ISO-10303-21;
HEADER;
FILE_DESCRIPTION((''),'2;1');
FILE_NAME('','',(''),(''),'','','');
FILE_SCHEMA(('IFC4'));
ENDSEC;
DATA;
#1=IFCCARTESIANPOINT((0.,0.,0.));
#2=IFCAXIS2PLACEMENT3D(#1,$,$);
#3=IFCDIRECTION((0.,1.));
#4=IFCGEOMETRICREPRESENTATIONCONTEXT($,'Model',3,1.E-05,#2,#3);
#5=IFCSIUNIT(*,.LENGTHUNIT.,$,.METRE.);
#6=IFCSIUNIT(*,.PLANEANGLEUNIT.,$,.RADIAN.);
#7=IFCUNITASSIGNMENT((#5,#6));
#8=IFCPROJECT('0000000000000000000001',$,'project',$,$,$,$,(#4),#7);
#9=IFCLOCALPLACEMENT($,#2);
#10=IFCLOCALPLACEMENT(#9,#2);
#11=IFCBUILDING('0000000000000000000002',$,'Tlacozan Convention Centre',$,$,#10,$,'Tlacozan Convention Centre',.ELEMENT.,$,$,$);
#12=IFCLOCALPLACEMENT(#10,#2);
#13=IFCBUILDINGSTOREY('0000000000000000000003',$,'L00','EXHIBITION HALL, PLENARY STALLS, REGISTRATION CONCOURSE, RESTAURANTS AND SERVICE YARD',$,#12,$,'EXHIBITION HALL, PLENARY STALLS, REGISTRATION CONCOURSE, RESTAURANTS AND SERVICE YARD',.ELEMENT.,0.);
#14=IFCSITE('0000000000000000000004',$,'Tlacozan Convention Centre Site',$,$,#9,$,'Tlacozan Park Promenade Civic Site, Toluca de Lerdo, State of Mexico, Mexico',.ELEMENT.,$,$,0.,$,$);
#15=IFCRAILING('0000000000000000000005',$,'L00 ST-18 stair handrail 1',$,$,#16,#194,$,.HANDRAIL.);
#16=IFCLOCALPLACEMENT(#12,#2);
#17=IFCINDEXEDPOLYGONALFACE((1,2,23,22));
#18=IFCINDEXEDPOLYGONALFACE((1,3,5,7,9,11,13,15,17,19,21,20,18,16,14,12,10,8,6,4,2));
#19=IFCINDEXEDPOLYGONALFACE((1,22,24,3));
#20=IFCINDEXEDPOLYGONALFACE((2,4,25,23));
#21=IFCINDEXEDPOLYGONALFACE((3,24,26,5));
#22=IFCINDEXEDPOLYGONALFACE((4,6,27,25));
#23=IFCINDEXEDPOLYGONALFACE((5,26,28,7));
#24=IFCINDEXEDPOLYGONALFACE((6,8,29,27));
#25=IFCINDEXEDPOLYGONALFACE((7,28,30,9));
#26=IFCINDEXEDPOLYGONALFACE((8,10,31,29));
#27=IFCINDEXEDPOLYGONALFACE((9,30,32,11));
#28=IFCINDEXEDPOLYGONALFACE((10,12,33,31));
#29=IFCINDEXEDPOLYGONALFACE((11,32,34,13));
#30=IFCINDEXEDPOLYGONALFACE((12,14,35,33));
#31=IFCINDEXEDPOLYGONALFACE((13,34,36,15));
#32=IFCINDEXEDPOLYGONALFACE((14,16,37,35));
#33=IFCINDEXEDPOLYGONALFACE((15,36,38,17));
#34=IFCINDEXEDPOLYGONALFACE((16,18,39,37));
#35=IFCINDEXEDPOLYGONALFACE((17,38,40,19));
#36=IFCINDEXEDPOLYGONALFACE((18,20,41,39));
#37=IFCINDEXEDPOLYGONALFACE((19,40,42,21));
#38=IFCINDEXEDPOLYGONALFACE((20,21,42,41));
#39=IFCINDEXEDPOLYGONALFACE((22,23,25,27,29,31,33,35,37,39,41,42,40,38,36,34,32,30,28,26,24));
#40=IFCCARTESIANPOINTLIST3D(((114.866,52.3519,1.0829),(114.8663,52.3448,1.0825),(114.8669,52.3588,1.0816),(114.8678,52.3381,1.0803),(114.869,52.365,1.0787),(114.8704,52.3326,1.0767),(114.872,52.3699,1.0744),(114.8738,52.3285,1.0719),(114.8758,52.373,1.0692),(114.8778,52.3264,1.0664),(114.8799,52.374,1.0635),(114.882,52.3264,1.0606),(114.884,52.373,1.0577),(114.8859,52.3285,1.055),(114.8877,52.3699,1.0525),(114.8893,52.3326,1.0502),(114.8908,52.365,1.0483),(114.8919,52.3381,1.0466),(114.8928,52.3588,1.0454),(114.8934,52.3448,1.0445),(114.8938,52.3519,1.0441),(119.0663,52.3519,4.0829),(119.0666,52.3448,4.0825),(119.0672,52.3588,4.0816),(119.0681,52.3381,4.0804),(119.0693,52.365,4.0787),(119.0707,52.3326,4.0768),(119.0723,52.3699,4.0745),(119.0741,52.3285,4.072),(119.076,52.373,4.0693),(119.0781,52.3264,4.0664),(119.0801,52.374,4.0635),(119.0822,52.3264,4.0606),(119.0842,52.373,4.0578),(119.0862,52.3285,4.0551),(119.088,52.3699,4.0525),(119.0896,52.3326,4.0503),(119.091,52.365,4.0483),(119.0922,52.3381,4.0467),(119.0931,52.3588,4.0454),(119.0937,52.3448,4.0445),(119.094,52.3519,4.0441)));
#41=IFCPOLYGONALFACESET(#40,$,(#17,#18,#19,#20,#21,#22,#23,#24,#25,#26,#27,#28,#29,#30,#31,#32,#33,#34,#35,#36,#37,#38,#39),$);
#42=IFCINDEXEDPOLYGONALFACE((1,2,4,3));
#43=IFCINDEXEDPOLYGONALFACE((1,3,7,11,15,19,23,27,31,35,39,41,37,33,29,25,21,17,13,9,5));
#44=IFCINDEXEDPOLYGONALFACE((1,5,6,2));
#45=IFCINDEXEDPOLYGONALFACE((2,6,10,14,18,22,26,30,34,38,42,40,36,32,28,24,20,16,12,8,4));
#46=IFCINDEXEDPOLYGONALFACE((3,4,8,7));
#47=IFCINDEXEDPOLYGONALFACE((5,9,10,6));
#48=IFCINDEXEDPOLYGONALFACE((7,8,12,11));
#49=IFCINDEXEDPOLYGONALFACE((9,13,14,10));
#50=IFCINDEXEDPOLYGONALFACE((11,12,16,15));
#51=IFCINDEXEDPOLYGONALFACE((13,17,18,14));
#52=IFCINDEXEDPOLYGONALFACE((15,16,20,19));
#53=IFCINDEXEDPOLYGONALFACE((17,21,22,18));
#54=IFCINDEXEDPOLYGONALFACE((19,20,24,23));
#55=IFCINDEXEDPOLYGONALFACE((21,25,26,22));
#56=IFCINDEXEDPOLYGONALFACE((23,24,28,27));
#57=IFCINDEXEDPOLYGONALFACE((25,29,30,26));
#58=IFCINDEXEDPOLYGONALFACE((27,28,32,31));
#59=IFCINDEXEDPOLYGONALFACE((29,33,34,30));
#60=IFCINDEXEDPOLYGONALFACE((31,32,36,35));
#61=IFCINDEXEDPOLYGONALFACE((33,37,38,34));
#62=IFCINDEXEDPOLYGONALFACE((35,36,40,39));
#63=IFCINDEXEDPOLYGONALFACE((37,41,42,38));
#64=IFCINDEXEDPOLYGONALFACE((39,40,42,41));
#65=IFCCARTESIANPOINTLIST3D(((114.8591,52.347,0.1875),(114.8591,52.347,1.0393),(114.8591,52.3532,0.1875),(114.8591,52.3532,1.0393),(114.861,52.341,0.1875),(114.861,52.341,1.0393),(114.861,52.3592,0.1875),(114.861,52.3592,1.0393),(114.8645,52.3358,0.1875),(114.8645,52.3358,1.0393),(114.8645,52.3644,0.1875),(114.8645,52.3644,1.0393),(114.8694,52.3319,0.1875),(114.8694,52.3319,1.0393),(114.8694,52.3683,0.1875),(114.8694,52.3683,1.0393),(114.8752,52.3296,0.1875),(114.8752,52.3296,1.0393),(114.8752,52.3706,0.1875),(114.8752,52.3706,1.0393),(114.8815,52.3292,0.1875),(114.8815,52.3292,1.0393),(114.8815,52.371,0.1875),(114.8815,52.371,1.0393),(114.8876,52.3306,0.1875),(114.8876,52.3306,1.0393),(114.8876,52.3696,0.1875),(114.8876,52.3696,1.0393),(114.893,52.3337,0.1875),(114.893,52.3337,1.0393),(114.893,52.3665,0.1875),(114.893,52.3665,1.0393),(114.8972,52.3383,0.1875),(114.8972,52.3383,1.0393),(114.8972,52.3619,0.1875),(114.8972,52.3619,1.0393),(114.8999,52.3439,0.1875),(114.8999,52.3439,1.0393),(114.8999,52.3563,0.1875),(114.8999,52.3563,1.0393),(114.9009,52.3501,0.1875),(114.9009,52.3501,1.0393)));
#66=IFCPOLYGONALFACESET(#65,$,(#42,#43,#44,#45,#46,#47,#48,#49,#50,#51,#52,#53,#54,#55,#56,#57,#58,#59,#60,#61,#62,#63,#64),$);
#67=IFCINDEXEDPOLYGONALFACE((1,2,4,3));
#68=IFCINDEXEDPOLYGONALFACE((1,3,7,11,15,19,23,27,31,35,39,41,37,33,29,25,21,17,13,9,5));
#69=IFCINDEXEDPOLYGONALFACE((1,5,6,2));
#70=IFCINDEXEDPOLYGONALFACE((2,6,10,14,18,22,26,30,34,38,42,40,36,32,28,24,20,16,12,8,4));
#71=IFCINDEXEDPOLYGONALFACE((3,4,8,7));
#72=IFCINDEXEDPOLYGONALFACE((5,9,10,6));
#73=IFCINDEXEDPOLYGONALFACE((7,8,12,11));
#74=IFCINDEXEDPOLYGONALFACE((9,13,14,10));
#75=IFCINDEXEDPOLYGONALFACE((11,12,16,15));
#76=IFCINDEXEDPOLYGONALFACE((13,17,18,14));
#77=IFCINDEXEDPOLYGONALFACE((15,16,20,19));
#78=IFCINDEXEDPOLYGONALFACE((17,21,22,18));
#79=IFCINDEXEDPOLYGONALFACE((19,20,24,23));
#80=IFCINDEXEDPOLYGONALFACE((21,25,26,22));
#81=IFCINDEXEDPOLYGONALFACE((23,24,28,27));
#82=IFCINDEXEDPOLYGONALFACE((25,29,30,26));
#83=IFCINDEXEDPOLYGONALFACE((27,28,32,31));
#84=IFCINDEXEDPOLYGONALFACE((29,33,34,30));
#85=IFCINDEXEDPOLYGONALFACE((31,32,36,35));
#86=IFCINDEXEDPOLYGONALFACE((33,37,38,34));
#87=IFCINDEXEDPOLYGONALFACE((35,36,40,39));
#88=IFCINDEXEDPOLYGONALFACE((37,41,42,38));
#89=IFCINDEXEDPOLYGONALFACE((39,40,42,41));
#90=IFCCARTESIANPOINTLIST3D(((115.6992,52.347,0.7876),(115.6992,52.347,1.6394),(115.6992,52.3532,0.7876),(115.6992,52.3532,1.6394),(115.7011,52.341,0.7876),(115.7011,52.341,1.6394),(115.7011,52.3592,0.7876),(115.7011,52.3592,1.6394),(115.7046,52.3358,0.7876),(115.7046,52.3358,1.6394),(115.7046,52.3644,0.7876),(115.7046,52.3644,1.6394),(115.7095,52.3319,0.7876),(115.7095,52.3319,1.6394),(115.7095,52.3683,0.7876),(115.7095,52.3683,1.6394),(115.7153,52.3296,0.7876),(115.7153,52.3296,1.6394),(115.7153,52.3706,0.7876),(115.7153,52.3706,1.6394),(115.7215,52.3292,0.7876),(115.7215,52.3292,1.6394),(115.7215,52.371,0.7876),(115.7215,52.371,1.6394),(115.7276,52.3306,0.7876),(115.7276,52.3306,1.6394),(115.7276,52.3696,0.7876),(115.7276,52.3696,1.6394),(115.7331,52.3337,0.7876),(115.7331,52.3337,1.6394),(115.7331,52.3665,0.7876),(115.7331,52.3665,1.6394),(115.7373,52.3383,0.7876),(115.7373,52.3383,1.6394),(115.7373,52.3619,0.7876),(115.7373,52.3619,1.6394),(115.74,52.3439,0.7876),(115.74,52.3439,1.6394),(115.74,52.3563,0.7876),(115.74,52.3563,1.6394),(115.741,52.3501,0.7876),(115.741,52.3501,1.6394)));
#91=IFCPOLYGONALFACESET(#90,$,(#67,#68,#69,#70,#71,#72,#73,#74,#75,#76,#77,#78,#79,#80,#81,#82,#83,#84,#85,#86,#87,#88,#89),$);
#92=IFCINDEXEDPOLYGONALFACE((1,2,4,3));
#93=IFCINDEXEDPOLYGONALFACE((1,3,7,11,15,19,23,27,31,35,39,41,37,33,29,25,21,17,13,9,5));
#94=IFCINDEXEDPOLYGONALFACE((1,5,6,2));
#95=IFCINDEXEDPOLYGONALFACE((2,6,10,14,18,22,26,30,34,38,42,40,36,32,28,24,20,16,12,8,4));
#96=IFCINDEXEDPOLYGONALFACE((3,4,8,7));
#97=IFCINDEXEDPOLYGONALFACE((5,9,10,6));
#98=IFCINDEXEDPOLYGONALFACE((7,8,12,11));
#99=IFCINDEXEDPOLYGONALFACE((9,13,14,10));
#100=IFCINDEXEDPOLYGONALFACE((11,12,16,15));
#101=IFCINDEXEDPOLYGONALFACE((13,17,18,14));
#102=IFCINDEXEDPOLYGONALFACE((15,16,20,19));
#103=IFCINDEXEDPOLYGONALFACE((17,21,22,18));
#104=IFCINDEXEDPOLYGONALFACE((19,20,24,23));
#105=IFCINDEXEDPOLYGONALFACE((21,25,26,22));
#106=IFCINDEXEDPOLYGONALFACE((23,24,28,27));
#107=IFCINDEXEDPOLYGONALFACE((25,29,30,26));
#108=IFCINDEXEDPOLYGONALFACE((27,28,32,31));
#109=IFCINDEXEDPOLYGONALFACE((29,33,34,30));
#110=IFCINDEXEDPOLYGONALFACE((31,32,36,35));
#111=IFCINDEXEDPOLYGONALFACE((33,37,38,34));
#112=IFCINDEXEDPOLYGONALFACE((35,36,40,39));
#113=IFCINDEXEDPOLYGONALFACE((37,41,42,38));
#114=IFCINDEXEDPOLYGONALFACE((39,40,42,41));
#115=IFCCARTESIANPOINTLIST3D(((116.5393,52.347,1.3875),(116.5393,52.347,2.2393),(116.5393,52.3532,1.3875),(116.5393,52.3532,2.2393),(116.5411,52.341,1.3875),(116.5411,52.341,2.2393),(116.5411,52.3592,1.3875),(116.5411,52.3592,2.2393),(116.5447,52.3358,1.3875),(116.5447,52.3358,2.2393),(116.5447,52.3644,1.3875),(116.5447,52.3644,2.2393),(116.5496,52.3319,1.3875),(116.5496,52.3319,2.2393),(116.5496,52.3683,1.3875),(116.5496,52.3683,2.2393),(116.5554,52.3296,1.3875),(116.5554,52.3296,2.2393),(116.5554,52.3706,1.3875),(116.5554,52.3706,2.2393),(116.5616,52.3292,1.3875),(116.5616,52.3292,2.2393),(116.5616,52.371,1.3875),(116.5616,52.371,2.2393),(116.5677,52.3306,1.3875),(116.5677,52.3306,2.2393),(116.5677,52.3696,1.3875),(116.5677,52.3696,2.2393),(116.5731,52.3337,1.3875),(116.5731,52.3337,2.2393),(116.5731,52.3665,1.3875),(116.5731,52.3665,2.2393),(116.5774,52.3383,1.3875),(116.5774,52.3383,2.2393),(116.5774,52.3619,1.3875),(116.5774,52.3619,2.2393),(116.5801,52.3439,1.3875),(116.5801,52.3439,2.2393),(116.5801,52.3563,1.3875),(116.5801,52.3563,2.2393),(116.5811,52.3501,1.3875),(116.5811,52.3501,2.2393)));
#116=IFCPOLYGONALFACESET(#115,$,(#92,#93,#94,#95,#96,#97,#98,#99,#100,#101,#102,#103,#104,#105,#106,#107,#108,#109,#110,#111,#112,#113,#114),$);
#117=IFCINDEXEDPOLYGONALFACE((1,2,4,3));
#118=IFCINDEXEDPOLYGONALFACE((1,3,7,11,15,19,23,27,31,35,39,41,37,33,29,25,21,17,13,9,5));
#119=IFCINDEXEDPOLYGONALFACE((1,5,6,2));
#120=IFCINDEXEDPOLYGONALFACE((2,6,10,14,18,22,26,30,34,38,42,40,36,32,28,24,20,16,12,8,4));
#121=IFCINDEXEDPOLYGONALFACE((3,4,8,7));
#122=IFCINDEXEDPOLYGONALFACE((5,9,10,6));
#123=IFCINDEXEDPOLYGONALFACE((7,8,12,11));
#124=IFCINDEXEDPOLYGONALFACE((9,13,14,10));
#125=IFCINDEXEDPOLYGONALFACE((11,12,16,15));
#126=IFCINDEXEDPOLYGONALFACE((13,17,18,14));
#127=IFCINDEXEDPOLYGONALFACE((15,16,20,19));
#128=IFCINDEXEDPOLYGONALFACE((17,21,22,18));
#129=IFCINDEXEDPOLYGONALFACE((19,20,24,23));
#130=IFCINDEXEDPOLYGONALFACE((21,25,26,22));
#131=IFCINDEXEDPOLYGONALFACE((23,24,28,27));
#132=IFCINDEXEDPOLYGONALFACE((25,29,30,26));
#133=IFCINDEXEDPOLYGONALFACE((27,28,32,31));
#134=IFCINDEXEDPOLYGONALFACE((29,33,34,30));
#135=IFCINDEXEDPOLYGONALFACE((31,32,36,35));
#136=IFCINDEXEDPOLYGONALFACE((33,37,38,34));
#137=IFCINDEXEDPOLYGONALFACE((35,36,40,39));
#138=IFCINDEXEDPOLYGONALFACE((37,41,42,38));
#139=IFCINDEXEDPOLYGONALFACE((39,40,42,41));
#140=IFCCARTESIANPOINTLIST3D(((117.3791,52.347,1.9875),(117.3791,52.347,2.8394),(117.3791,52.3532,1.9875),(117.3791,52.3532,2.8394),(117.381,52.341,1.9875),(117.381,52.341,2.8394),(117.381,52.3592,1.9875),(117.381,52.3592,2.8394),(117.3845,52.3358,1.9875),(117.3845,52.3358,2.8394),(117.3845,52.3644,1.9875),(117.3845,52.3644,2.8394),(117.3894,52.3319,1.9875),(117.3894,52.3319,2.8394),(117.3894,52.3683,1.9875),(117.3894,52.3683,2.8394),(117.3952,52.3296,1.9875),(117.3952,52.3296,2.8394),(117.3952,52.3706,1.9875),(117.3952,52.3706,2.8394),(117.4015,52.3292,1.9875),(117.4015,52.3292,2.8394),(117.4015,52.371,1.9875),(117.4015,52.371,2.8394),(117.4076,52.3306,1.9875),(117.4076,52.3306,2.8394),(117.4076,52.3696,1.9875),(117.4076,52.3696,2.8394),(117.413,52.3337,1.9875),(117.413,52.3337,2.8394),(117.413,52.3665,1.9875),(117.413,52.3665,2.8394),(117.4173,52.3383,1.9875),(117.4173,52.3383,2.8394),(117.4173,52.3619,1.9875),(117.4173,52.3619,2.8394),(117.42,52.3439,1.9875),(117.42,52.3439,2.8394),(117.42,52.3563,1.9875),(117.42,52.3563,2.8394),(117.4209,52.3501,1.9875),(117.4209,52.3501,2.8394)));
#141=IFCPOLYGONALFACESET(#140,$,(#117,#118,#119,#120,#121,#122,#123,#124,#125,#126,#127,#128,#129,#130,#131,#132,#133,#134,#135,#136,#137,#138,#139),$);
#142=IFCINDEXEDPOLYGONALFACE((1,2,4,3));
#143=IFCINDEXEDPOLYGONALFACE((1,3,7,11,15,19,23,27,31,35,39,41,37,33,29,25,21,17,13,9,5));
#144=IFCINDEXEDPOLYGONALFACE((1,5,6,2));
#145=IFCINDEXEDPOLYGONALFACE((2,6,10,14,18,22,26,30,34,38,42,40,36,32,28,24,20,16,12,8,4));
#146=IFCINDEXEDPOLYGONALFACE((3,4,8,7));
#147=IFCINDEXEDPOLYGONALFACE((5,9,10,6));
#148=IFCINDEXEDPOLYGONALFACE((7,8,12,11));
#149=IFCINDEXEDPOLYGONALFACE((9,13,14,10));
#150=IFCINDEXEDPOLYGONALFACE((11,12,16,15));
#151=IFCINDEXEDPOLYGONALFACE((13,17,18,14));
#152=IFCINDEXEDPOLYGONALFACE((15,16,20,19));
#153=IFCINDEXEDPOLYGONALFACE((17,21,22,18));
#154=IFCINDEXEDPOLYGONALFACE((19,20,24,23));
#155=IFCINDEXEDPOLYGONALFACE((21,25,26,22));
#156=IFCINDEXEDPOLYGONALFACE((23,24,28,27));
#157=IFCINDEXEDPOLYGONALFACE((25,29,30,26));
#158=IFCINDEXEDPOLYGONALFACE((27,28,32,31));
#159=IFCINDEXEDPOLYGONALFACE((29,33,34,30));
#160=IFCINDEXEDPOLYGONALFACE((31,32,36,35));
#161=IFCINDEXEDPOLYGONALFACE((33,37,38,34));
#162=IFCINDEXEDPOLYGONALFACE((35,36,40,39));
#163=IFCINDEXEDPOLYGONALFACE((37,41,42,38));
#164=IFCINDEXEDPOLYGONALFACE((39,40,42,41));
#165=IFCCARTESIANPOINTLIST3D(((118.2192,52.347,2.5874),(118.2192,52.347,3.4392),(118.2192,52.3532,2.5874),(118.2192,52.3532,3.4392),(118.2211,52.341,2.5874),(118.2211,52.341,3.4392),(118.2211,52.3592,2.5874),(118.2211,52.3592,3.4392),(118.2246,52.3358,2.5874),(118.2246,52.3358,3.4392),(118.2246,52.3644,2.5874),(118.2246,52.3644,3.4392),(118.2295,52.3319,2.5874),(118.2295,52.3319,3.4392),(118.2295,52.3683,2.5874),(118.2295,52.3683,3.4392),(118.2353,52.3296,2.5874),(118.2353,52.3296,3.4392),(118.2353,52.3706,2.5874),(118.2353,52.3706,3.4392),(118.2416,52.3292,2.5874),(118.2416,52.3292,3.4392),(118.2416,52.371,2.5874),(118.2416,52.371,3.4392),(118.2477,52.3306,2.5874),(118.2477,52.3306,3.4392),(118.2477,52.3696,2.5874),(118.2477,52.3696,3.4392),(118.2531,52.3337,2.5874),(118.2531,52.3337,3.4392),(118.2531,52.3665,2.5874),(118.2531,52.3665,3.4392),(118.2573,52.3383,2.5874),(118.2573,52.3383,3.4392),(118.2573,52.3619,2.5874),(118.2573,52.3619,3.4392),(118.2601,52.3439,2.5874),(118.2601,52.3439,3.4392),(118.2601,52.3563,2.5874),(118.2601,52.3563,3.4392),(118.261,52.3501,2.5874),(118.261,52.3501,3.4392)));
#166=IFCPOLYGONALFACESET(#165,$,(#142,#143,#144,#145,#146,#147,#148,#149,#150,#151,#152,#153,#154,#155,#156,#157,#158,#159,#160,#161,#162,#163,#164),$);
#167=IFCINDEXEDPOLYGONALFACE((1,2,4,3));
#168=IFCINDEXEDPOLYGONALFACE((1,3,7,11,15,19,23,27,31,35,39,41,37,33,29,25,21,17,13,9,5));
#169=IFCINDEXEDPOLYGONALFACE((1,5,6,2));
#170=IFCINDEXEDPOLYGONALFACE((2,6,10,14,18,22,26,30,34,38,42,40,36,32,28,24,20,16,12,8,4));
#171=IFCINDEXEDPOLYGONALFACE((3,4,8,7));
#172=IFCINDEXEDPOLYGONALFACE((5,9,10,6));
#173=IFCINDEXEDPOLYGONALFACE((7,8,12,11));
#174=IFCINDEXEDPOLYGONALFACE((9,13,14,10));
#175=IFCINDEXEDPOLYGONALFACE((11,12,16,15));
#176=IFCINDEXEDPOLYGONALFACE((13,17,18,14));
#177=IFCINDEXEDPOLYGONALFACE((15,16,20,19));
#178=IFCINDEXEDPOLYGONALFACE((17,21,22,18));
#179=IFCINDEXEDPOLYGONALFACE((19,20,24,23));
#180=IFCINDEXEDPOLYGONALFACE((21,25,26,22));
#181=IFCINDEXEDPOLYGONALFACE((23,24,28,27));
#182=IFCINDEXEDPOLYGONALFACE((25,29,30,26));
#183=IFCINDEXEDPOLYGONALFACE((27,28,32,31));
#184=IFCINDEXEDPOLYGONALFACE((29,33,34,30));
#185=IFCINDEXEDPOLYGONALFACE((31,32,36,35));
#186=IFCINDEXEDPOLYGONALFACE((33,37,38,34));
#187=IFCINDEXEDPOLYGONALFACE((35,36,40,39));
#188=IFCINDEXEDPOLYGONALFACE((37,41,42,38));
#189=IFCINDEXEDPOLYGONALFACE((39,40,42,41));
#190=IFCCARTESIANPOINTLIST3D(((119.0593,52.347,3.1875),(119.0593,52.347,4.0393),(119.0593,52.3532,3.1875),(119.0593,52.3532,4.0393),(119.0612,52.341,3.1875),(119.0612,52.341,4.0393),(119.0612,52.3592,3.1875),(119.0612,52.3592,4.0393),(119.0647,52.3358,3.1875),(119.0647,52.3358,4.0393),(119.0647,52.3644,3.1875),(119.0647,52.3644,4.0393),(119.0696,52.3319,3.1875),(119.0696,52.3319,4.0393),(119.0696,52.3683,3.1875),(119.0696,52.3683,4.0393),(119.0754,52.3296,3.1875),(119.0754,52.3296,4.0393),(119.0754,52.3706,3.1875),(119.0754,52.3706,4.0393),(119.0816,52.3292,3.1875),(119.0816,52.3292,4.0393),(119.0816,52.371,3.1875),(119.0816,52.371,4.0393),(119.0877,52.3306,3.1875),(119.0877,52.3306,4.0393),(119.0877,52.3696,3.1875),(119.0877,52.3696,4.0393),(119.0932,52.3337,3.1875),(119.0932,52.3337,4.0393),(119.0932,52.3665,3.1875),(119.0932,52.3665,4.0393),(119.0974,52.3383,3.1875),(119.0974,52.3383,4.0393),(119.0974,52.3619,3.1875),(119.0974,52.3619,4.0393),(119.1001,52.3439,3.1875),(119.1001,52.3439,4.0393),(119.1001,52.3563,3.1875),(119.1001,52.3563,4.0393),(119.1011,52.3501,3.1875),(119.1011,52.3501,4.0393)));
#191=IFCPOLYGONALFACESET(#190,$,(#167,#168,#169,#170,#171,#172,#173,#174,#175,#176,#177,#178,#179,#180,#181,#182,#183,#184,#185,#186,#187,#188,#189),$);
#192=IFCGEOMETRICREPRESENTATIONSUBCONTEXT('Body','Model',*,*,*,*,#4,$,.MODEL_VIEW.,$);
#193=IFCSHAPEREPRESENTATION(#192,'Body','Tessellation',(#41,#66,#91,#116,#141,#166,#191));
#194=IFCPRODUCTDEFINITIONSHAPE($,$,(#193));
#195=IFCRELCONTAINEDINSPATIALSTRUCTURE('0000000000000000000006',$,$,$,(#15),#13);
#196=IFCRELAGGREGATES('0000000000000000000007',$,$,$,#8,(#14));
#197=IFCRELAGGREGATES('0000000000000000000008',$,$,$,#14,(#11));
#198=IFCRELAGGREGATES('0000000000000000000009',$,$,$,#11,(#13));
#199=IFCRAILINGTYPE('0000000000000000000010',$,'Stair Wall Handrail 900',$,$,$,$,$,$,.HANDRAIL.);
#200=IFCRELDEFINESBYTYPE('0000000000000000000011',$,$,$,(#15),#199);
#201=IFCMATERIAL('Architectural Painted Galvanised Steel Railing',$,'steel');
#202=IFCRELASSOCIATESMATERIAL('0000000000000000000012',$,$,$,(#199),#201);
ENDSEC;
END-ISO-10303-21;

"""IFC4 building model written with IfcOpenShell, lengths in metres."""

from ifc_helpers import new_model, si_unit, direction, frame, origin, origin_2d, place, context, subcontext, project, spatial, circle, extrude, material, type_object, element, save


model = new_model("IFC4")

# Units and contexts
model_context = context("Model", 3, precision=1e-05, world=origin(), true_north=direction((0.0, 1.0)))
body_context = subcontext(model_context, "Body", "Model", "MODEL_VIEW")
ifc_project = project(units=[si_unit("LENGTHUNIT", "METRE"), si_unit("PLANEANGLEUNIT", "RADIAN")], contexts=[model_context])

# Site, building, storey
site_placement = place(None, origin())
site = spatial("IfcSite", under=ifc_project, at=site_placement, Name="Tlacozan Convention Centre Site", LongName="Tlacozan Park Promenade Civic Site, Toluca de Lerdo, State of Mexico, Mexico", CompositionType="ELEMENT", RefElevation=0.0)
building_placement = place(site_placement, origin())
building = spatial("IfcBuilding", under=site, at=building_placement, Name="Tlacozan Convention Centre", LongName="Tlacozan Convention Centre", CompositionType="ELEMENT")
storey_placement = place(building_placement, origin())
storey = spatial("IfcBuildingStorey", under=building, at=storey_placement, Name="L00", Description="EXHIBITION HALL, PLENARY STALLS, REGISTRATION CONCOURSE, RESTAURANTS AND SERVICE YARD", LongName="EXHIBITION HALL, PLENARY STALLS, REGISTRATION CONCOURSE, RESTAURANTS AND SERVICE YARD", CompositionType="ELEMENT", Elevation=0.0)

# Railing
ifc_material_1 = material(Name="Architectural Painted Galvanised Steel Railing", Category="steel")
railing_type_1 = type_object("IfcRailingType", Name="Stair Wall Handrail 900", PredefinedType="HANDRAIL", material=ifc_material_1)
railing_1_placement = place(storey_placement, frame((114.8799, 52.3501, 0.1875)))
element("IfcRailing", 1, at=railing_1_placement, inside=storey, type_object=railing_type_1, Name="L00 ST-18 stair handrail 1", PredefinedType="HANDRAIL", context=body_context, shape_type="SweptSolid", body=[
    extrude(circle(Radius=0.0239, at=origin_2d()), frame((0.0, 0.0, 0.876), z_axis=(0.813746, 0.0, 0.58122), x_axis=(0.0, 1.0, 0.0)), (0.0, 0.0, 1.0), 5.1616),
    extrude(circle(Radius=0.021, at=origin_2d()), origin(), (0.0, 0.0, 1.0), 0.8518),
    extrude(circle(Radius=0.021, at=origin_2d()), frame((0.8401, 0.0, 0.6001)), (0.0, 0.0, 1.0), 0.8518),
    extrude(circle(Radius=0.021, at=origin_2d()), frame((1.6802, 0.0, 1.2)), (0.0, 0.0, 1.0), 0.8518),
    extrude(circle(Radius=0.021, at=origin_2d()), frame((2.52, 0.0, 1.8)), (0.0, 0.0, 1.0), 0.8518),
    extrude(circle(Radius=0.021, at=origin_2d()), frame((3.3601, 0.0, 2.3999)), (0.0, 0.0, 1.0), 0.8518),
    extrude(circle(Radius=0.021, at=origin_2d()), frame((4.2002, 0.0, 3.0)), (0.0, 0.0, 1.0), 0.8518),
])

save(model, "model.ifc")
